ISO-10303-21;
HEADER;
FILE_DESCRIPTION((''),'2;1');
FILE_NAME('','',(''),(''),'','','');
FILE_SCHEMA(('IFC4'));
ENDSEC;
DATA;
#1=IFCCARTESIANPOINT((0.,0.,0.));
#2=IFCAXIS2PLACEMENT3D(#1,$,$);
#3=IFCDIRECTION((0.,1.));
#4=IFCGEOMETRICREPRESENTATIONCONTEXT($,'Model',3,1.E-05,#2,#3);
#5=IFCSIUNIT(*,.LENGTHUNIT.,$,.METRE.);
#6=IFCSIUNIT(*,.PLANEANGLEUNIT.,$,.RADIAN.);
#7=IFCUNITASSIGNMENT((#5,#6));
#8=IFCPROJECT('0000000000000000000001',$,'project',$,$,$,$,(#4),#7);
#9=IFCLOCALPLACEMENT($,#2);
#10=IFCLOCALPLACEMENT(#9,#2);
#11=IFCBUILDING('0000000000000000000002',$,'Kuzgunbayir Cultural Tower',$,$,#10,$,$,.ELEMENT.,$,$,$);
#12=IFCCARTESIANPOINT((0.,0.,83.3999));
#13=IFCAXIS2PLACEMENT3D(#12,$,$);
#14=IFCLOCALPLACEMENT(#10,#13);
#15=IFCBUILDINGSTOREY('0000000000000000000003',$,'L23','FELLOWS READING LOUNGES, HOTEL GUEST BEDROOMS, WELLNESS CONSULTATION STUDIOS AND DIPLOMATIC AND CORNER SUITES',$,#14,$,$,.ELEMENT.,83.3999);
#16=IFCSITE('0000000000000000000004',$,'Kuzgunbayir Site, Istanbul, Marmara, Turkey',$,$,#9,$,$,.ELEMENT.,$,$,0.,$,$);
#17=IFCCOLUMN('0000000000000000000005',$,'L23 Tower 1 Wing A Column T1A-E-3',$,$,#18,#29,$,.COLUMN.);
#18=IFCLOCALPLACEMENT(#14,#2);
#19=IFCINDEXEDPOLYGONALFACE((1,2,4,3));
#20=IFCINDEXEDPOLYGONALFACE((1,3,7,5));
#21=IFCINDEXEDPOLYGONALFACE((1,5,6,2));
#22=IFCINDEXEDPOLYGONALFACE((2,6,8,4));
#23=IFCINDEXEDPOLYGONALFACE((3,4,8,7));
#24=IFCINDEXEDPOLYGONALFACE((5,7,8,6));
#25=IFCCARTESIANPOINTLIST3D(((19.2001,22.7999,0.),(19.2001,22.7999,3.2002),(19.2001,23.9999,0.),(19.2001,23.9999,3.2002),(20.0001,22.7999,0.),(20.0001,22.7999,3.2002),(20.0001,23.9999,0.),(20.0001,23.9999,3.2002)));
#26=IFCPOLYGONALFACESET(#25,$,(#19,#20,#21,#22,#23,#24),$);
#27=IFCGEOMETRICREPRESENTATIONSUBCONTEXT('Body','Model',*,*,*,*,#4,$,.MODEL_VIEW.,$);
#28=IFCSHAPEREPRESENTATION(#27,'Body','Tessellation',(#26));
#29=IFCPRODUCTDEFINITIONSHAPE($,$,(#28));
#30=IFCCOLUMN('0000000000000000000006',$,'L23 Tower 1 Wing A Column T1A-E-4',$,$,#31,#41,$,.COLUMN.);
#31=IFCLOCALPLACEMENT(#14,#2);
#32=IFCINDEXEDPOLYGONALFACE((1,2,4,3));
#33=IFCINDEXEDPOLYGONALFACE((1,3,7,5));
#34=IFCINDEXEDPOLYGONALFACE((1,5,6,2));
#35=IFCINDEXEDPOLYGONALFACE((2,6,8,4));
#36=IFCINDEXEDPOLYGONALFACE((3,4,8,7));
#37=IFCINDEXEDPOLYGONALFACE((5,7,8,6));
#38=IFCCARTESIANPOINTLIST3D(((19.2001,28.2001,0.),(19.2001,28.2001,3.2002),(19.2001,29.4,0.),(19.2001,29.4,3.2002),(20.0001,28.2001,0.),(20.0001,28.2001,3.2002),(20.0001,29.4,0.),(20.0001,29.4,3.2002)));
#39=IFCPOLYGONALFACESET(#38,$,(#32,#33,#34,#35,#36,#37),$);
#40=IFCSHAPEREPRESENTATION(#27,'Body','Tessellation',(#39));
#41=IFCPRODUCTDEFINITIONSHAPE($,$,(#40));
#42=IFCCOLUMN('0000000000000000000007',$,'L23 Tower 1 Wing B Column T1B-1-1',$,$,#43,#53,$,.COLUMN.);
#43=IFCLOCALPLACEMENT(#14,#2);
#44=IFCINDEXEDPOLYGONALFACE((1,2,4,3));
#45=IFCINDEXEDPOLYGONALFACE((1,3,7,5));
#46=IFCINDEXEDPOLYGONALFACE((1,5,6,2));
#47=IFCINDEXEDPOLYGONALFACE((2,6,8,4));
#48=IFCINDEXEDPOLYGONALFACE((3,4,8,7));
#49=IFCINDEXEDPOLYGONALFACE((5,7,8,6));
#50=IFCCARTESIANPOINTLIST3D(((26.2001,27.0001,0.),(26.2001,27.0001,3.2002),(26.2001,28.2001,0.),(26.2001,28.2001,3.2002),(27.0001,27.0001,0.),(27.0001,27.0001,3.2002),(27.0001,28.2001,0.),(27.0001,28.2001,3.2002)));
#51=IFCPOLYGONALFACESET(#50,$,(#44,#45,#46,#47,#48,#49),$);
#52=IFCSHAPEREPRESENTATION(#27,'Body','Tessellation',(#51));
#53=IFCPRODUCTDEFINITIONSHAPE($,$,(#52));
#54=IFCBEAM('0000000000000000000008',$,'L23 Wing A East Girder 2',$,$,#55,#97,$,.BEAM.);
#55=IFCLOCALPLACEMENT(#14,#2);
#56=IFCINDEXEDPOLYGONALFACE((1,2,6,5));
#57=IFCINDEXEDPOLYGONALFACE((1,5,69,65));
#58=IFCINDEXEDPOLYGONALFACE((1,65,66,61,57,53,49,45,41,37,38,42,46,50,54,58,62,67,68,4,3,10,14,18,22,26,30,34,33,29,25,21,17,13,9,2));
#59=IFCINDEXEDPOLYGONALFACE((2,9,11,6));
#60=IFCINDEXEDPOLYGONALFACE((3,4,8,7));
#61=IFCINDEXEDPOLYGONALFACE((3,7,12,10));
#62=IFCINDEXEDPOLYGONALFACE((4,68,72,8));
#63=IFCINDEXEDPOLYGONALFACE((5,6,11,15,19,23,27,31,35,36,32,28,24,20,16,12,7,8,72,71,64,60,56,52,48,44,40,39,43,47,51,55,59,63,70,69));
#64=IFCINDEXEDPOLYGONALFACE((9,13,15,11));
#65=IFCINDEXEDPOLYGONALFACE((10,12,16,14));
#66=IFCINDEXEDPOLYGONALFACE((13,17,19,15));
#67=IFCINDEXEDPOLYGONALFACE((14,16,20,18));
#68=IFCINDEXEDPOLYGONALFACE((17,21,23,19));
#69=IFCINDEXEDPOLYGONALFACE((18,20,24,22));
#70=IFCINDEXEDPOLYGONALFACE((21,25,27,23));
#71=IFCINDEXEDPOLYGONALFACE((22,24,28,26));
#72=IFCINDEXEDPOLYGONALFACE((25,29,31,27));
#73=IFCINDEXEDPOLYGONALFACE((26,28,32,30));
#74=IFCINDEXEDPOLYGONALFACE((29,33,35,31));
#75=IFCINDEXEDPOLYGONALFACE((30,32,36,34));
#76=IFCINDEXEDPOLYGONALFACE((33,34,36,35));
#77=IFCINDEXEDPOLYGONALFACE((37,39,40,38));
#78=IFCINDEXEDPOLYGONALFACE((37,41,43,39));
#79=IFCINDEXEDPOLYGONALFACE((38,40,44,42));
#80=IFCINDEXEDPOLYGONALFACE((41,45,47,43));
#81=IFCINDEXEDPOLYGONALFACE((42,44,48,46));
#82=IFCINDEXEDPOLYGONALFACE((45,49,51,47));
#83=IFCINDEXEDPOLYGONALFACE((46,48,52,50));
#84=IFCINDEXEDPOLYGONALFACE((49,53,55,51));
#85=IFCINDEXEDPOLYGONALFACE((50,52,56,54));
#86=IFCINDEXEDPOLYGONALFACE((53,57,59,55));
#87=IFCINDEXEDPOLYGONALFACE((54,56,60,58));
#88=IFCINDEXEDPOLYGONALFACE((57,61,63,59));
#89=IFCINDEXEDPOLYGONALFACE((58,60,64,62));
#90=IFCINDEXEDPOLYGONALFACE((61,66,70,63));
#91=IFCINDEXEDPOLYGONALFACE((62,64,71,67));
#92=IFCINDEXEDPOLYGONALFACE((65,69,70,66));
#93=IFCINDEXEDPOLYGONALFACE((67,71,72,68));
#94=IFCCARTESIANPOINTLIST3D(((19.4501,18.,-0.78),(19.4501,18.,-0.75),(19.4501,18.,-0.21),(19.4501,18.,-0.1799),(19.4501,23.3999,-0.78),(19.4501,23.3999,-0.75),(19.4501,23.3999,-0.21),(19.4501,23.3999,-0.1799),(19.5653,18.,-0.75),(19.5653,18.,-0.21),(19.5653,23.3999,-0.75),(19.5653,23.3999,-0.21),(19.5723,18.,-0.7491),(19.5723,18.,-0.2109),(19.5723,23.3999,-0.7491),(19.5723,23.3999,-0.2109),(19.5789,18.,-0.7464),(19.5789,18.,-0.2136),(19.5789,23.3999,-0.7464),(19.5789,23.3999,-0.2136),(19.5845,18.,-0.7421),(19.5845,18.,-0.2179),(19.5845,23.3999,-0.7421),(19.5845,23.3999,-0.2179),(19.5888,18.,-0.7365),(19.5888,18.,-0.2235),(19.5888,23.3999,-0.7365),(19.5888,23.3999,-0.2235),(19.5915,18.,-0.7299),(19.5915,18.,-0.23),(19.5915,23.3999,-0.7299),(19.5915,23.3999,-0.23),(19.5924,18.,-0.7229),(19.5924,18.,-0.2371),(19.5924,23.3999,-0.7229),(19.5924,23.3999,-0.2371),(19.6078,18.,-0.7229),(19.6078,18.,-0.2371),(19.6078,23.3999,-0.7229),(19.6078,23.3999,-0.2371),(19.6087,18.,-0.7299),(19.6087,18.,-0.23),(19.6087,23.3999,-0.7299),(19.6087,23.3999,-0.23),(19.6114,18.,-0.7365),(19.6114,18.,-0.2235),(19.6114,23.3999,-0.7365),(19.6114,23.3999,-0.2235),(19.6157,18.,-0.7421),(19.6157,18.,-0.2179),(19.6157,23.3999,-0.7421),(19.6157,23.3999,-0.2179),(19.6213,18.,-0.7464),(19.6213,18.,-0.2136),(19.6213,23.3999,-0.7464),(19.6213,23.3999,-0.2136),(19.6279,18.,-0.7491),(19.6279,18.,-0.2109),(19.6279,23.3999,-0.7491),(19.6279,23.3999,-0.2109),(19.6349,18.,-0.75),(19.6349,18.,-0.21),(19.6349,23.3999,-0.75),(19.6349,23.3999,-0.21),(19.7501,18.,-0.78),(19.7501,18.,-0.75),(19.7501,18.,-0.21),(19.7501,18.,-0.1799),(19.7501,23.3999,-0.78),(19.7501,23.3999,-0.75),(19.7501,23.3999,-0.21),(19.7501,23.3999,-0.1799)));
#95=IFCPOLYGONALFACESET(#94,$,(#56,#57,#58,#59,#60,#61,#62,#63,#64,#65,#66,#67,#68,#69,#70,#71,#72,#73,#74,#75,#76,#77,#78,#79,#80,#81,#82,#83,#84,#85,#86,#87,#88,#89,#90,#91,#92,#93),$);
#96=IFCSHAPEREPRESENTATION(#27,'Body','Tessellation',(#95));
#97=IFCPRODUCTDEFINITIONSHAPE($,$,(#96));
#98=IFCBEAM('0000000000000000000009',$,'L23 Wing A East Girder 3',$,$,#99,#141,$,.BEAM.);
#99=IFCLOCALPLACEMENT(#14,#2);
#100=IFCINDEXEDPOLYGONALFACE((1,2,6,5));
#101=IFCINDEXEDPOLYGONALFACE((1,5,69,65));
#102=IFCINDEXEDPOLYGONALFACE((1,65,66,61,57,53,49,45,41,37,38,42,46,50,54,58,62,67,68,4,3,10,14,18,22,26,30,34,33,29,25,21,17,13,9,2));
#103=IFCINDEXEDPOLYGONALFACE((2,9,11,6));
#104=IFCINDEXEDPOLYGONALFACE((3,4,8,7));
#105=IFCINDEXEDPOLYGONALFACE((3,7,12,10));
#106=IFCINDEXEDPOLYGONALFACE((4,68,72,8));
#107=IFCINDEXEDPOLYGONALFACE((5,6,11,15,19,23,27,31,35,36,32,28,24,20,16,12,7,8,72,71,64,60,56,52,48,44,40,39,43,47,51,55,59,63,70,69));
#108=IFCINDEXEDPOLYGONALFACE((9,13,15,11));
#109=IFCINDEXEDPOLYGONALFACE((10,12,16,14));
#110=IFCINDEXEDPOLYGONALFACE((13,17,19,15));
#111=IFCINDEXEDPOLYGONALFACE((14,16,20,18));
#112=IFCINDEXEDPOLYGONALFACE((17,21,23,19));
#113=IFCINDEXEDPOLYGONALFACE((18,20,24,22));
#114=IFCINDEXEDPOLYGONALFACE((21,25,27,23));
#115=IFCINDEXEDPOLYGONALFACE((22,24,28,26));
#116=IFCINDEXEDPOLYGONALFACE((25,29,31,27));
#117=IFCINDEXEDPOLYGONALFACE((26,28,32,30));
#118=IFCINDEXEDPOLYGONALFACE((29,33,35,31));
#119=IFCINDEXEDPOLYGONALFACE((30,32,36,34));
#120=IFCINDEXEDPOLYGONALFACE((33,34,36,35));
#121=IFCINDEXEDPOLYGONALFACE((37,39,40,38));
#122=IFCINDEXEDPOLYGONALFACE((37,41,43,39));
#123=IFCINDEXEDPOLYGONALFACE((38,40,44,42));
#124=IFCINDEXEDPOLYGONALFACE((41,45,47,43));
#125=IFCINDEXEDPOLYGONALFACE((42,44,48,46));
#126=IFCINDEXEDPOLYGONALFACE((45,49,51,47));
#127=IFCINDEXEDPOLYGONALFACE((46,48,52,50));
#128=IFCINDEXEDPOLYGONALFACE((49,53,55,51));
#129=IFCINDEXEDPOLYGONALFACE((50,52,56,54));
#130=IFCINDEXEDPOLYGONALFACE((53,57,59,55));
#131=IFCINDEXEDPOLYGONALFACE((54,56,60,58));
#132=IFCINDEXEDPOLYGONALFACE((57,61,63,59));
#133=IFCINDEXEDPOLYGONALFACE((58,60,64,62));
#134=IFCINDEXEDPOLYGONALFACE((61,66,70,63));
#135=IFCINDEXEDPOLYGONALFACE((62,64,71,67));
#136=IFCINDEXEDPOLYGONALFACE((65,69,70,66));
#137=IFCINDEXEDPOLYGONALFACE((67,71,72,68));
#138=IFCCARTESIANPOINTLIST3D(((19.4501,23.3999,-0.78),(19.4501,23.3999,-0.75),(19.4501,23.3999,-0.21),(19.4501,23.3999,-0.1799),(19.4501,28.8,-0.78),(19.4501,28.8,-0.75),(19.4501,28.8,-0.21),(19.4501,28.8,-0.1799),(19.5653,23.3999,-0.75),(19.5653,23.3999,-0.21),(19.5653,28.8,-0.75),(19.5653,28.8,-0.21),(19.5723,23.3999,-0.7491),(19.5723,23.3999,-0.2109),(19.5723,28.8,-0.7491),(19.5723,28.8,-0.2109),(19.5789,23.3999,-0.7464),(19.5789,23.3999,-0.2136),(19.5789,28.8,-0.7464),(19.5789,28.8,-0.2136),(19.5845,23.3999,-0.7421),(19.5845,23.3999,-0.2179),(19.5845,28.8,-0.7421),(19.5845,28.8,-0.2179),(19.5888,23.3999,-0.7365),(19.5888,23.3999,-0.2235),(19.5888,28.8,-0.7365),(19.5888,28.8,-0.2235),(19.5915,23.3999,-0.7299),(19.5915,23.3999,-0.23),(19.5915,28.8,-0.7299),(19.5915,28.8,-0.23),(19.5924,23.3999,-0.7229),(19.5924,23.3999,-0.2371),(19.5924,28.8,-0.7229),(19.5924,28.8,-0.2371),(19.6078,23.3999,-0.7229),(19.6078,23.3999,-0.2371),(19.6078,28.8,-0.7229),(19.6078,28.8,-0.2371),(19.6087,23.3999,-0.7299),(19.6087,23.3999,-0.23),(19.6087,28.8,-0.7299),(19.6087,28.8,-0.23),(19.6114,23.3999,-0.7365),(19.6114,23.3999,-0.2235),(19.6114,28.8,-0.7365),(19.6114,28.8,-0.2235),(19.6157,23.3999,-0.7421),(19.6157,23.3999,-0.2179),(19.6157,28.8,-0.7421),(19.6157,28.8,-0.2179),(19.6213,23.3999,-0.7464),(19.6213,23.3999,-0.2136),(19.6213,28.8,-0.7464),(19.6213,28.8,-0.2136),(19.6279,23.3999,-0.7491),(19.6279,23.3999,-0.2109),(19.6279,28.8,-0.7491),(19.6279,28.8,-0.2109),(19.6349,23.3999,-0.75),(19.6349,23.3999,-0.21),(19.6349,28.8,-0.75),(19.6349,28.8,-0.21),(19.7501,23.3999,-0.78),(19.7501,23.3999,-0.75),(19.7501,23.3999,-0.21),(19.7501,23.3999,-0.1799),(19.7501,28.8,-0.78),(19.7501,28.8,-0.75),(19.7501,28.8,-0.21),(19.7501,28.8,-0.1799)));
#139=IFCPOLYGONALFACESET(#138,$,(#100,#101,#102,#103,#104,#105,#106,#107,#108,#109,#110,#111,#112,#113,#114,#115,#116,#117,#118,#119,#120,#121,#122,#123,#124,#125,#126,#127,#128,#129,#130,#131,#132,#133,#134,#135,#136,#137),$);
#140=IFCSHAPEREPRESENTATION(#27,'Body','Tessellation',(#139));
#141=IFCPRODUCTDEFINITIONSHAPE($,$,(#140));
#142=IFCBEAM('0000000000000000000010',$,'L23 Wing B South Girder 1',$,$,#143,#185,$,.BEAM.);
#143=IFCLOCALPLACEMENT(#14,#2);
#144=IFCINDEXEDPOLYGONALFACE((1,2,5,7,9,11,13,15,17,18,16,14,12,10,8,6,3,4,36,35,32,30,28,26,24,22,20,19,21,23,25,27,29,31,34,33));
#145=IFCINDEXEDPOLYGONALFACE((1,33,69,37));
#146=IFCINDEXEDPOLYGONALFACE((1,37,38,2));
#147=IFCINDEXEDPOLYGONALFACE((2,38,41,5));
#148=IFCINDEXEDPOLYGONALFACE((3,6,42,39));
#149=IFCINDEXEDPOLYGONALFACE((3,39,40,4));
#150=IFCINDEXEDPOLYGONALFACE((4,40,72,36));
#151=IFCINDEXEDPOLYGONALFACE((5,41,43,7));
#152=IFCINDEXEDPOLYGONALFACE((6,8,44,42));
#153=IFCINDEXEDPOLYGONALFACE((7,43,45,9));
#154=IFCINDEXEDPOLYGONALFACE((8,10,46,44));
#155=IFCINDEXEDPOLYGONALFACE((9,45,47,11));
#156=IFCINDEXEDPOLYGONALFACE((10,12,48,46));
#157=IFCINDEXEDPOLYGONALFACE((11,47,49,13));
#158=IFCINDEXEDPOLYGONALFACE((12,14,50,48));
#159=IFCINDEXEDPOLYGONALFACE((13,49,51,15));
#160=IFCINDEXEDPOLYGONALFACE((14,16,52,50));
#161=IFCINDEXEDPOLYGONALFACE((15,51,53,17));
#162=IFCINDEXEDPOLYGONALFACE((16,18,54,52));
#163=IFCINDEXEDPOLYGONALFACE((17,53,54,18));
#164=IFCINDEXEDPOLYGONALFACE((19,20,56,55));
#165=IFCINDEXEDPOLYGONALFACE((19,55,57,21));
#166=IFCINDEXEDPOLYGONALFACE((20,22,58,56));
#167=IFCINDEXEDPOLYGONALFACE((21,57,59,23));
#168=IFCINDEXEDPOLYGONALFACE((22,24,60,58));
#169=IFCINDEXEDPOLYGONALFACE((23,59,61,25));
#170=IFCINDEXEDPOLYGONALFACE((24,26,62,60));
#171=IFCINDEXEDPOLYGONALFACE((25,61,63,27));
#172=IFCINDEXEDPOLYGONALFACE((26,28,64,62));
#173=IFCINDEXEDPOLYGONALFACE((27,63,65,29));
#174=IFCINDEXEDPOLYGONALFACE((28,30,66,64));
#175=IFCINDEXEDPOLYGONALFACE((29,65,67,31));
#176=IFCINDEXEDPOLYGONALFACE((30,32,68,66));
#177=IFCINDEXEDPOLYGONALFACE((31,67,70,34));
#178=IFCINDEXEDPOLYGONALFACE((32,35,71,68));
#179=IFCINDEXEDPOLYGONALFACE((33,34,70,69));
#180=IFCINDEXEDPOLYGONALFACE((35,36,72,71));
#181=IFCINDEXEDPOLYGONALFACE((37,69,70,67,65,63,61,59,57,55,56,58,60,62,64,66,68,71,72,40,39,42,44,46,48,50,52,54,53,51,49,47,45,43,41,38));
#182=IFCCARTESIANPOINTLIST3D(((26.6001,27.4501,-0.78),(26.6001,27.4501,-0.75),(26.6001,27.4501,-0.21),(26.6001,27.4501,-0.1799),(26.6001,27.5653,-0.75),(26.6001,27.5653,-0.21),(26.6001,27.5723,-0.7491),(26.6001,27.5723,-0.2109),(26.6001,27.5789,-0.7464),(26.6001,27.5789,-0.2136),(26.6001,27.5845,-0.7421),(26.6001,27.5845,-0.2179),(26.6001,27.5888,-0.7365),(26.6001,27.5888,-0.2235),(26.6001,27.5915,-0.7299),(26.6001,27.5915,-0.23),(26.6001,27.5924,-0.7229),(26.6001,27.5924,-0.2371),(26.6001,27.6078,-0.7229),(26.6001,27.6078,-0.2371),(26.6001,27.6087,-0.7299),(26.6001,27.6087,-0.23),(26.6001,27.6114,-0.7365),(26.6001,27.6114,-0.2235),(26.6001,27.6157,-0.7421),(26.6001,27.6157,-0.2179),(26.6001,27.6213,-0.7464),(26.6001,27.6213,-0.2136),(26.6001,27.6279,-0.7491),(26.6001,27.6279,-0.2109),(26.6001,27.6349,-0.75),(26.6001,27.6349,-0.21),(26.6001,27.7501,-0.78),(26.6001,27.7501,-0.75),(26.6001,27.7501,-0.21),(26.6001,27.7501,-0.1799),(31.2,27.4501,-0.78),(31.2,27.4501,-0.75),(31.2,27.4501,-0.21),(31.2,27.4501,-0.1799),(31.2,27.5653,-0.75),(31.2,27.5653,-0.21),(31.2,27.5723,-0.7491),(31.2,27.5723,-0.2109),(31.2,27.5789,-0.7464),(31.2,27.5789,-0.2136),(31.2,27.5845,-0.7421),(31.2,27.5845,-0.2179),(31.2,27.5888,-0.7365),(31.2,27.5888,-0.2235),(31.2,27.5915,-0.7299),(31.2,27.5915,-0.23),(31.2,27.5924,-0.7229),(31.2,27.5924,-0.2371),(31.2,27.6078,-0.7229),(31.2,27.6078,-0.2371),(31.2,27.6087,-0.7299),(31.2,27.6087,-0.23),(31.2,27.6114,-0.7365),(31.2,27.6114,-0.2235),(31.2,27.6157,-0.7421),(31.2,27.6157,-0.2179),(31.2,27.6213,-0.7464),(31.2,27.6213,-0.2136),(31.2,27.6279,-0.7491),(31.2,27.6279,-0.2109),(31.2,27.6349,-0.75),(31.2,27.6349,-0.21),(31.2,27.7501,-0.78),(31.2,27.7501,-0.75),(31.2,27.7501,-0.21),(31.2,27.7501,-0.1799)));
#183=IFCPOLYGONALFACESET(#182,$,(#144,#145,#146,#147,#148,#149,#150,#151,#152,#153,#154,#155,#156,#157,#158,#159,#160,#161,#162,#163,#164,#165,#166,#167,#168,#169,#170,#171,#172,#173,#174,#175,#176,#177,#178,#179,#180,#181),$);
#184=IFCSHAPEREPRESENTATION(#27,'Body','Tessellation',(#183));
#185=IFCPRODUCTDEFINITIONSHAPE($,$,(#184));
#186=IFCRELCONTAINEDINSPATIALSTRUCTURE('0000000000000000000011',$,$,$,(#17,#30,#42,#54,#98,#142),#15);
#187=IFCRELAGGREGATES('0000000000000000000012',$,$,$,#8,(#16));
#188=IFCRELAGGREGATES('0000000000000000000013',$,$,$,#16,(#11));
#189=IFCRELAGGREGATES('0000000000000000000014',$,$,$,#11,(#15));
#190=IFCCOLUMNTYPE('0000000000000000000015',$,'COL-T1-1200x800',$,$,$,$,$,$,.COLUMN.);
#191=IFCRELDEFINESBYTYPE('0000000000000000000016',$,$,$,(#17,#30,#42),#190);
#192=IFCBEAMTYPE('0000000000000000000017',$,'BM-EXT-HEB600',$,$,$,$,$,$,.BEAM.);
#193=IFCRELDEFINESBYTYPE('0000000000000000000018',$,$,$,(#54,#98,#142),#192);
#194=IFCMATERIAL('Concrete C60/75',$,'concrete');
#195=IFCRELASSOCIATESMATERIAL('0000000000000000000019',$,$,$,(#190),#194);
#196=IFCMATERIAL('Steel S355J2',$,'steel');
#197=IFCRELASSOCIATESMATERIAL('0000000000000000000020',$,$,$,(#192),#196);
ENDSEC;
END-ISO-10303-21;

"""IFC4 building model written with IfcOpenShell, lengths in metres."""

from ifc_helpers import new_model, si_unit, direction, frame, origin, origin_2d, place, context, subcontext, project, spatial, rectangle, i_section, extrude, material, material_profile, profile_set, type_object, element, save


model = new_model("IFC4")

# Units and contexts
model_context = context("Model", 3, precision=1e-05, world=origin(), true_north=direction((0.0, 1.0)))
body_context = subcontext(model_context, "Body", "Model", "MODEL_VIEW")
ifc_project = project(units=[si_unit("LENGTHUNIT", "METRE"), si_unit("PLANEANGLEUNIT", "RADIAN")], contexts=[model_context])

# Site, building, storey
site_placement = place(None, origin())
site = spatial("IfcSite", under=ifc_project, at=site_placement, Name="Kuzgunbayir Site, Istanbul, Marmara, Turkey", CompositionType="ELEMENT", RefElevation=0.0)
building_placement = place(site_placement, origin())
building = spatial("IfcBuilding", under=site, at=building_placement, Name="Kuzgunbayir Cultural Tower", CompositionType="ELEMENT")
storey_placement = place(building_placement, frame((0.0, 0.0, 83.3999)))
storey = spatial("IfcBuildingStorey", under=building, at=storey_placement, Name="L23", Description="FELLOWS READING LOUNGES, HOTEL GUEST BEDROOMS, WELLNESS CONSULTATION STUDIOS AND DIPLOMATIC AND CORNER SUITES", CompositionType="ELEMENT", Elevation=83.3999)

# Columns
ifc_material_1 = material(Name="Concrete C60/75", Category="concrete")
ifc_material_profile_1 = material_profile(ifc_material_1, rectangle(XDim=0.8, YDim=1.2, at=origin_2d()), Name="RC 1200x800")
ifc_profile_set_1 = profile_set([ifc_material_profile_1], Name="Concrete C60/75")
column_type = type_object("IfcColumnType", Name="COL-T1-1200x800", PredefinedType="COLUMN", material=ifc_profile_set_1)
for number, where, z_axis, x_axis, name in (
    (1, (19.6001, 23.3999, 0.0), (0.0, 0.0, 1.0), (1.0, 0.0, 0.0), "L23 Tower 1 Wing A Column T1A-E-3"),
    (2, (19.6001, 28.8, 0.0), (0.0, 0.0, 1.0), (1.0, 0.0, 0.0), "L23 Tower 1 Wing A Column T1A-E-4"),
    (3, (26.6001, 27.6001, 0.0), (0.0, 0.0, 1.0), (1.0, 0.0, 0.0), "L23 Tower 1 Wing B Column T1B-1-1"),
):
    element("IfcColumn", number, at=place(storey_placement, frame(where, z_axis=z_axis, x_axis=x_axis)), inside=storey, type_object=column_type, Name=name, PredefinedType="COLUMN", context=body_context, shape_type="SweptSolid", body=[
        extrude(rectangle(XDim=0.8, YDim=1.2, at=origin_2d()), origin(), (0.0, 0.0, 1.0), 3.2002),
    ])

# Beams
ifc_material_2 = material(Name="Steel S355J2", Category="steel")
ifc_material_profile_2 = material_profile(ifc_material_2, i_section(OverallWidth=0.3, OverallDepth=0.6001, WebThickness=0.0154, FlangeThickness=0.03, FilletRadius=0.0271, at=origin_2d()), Name="HEB 600")
ifc_profile_set_2 = profile_set([ifc_material_profile_2], Name="Steel S355J2")
beam_type_1 = type_object("IfcBeamType", Name="BM-EXT-HEB600", PredefinedType="BEAM", material=ifc_profile_set_2)
beam_1_placement = place(storey_placement, frame((19.6001, 18.0, -0.48), z_axis=(0.0, 1.0, 0.0), x_axis=(-1.0, 0.0, 0.0)))
element("IfcBeam", 4, at=beam_1_placement, inside=storey, type_object=beam_type_1, Name="L23 Wing A East Girder 2", PredefinedType="BEAM", context=body_context, shape_type="SweptSolid", body=[
    extrude(i_section(OverallWidth=0.3, OverallDepth=0.6001, WebThickness=0.0154, FlangeThickness=0.03, FilletRadius=0.0271, at=origin_2d()), origin(), (0.0, 0.0, 1.0), 5.3999),
])
beam_2_placement = place(storey_placement, frame((19.6001, 23.3999, -0.48), z_axis=(0.0, 1.0, 0.0), x_axis=(-1.0, 0.0, 0.0)))
element("IfcBeam", 5, at=beam_2_placement, inside=storey, type_object=beam_type_1, Name="L23 Wing A East Girder 3", PredefinedType="BEAM", context=body_context, shape_type="SweptSolid", body=[
    extrude(i_section(OverallWidth=0.3, OverallDepth=0.6001, WebThickness=0.0154, FlangeThickness=0.03, FilletRadius=0.0271, at=origin_2d()), origin(), (0.0, 0.0, 1.0), 5.4001),
])
beam_3_placement = place(storey_placement, frame((26.6001, 27.6001, -0.48), z_axis=(1.0, 0.0, 0.0), x_axis=(0.0, 1.0, 0.0)))
element("IfcBeam", 6, at=beam_3_placement, inside=storey, type_object=beam_type_1, Name="L23 Wing B South Girder 1", PredefinedType="BEAM", context=body_context, shape_type="SweptSolid", body=[
    extrude(i_section(OverallWidth=0.3, OverallDepth=0.6001, WebThickness=0.0154, FlangeThickness=0.03, FilletRadius=0.0271, at=origin_2d()), origin(), (0.0, 0.0, 1.0), 4.5999),
])

save(model, "model.ifc")
